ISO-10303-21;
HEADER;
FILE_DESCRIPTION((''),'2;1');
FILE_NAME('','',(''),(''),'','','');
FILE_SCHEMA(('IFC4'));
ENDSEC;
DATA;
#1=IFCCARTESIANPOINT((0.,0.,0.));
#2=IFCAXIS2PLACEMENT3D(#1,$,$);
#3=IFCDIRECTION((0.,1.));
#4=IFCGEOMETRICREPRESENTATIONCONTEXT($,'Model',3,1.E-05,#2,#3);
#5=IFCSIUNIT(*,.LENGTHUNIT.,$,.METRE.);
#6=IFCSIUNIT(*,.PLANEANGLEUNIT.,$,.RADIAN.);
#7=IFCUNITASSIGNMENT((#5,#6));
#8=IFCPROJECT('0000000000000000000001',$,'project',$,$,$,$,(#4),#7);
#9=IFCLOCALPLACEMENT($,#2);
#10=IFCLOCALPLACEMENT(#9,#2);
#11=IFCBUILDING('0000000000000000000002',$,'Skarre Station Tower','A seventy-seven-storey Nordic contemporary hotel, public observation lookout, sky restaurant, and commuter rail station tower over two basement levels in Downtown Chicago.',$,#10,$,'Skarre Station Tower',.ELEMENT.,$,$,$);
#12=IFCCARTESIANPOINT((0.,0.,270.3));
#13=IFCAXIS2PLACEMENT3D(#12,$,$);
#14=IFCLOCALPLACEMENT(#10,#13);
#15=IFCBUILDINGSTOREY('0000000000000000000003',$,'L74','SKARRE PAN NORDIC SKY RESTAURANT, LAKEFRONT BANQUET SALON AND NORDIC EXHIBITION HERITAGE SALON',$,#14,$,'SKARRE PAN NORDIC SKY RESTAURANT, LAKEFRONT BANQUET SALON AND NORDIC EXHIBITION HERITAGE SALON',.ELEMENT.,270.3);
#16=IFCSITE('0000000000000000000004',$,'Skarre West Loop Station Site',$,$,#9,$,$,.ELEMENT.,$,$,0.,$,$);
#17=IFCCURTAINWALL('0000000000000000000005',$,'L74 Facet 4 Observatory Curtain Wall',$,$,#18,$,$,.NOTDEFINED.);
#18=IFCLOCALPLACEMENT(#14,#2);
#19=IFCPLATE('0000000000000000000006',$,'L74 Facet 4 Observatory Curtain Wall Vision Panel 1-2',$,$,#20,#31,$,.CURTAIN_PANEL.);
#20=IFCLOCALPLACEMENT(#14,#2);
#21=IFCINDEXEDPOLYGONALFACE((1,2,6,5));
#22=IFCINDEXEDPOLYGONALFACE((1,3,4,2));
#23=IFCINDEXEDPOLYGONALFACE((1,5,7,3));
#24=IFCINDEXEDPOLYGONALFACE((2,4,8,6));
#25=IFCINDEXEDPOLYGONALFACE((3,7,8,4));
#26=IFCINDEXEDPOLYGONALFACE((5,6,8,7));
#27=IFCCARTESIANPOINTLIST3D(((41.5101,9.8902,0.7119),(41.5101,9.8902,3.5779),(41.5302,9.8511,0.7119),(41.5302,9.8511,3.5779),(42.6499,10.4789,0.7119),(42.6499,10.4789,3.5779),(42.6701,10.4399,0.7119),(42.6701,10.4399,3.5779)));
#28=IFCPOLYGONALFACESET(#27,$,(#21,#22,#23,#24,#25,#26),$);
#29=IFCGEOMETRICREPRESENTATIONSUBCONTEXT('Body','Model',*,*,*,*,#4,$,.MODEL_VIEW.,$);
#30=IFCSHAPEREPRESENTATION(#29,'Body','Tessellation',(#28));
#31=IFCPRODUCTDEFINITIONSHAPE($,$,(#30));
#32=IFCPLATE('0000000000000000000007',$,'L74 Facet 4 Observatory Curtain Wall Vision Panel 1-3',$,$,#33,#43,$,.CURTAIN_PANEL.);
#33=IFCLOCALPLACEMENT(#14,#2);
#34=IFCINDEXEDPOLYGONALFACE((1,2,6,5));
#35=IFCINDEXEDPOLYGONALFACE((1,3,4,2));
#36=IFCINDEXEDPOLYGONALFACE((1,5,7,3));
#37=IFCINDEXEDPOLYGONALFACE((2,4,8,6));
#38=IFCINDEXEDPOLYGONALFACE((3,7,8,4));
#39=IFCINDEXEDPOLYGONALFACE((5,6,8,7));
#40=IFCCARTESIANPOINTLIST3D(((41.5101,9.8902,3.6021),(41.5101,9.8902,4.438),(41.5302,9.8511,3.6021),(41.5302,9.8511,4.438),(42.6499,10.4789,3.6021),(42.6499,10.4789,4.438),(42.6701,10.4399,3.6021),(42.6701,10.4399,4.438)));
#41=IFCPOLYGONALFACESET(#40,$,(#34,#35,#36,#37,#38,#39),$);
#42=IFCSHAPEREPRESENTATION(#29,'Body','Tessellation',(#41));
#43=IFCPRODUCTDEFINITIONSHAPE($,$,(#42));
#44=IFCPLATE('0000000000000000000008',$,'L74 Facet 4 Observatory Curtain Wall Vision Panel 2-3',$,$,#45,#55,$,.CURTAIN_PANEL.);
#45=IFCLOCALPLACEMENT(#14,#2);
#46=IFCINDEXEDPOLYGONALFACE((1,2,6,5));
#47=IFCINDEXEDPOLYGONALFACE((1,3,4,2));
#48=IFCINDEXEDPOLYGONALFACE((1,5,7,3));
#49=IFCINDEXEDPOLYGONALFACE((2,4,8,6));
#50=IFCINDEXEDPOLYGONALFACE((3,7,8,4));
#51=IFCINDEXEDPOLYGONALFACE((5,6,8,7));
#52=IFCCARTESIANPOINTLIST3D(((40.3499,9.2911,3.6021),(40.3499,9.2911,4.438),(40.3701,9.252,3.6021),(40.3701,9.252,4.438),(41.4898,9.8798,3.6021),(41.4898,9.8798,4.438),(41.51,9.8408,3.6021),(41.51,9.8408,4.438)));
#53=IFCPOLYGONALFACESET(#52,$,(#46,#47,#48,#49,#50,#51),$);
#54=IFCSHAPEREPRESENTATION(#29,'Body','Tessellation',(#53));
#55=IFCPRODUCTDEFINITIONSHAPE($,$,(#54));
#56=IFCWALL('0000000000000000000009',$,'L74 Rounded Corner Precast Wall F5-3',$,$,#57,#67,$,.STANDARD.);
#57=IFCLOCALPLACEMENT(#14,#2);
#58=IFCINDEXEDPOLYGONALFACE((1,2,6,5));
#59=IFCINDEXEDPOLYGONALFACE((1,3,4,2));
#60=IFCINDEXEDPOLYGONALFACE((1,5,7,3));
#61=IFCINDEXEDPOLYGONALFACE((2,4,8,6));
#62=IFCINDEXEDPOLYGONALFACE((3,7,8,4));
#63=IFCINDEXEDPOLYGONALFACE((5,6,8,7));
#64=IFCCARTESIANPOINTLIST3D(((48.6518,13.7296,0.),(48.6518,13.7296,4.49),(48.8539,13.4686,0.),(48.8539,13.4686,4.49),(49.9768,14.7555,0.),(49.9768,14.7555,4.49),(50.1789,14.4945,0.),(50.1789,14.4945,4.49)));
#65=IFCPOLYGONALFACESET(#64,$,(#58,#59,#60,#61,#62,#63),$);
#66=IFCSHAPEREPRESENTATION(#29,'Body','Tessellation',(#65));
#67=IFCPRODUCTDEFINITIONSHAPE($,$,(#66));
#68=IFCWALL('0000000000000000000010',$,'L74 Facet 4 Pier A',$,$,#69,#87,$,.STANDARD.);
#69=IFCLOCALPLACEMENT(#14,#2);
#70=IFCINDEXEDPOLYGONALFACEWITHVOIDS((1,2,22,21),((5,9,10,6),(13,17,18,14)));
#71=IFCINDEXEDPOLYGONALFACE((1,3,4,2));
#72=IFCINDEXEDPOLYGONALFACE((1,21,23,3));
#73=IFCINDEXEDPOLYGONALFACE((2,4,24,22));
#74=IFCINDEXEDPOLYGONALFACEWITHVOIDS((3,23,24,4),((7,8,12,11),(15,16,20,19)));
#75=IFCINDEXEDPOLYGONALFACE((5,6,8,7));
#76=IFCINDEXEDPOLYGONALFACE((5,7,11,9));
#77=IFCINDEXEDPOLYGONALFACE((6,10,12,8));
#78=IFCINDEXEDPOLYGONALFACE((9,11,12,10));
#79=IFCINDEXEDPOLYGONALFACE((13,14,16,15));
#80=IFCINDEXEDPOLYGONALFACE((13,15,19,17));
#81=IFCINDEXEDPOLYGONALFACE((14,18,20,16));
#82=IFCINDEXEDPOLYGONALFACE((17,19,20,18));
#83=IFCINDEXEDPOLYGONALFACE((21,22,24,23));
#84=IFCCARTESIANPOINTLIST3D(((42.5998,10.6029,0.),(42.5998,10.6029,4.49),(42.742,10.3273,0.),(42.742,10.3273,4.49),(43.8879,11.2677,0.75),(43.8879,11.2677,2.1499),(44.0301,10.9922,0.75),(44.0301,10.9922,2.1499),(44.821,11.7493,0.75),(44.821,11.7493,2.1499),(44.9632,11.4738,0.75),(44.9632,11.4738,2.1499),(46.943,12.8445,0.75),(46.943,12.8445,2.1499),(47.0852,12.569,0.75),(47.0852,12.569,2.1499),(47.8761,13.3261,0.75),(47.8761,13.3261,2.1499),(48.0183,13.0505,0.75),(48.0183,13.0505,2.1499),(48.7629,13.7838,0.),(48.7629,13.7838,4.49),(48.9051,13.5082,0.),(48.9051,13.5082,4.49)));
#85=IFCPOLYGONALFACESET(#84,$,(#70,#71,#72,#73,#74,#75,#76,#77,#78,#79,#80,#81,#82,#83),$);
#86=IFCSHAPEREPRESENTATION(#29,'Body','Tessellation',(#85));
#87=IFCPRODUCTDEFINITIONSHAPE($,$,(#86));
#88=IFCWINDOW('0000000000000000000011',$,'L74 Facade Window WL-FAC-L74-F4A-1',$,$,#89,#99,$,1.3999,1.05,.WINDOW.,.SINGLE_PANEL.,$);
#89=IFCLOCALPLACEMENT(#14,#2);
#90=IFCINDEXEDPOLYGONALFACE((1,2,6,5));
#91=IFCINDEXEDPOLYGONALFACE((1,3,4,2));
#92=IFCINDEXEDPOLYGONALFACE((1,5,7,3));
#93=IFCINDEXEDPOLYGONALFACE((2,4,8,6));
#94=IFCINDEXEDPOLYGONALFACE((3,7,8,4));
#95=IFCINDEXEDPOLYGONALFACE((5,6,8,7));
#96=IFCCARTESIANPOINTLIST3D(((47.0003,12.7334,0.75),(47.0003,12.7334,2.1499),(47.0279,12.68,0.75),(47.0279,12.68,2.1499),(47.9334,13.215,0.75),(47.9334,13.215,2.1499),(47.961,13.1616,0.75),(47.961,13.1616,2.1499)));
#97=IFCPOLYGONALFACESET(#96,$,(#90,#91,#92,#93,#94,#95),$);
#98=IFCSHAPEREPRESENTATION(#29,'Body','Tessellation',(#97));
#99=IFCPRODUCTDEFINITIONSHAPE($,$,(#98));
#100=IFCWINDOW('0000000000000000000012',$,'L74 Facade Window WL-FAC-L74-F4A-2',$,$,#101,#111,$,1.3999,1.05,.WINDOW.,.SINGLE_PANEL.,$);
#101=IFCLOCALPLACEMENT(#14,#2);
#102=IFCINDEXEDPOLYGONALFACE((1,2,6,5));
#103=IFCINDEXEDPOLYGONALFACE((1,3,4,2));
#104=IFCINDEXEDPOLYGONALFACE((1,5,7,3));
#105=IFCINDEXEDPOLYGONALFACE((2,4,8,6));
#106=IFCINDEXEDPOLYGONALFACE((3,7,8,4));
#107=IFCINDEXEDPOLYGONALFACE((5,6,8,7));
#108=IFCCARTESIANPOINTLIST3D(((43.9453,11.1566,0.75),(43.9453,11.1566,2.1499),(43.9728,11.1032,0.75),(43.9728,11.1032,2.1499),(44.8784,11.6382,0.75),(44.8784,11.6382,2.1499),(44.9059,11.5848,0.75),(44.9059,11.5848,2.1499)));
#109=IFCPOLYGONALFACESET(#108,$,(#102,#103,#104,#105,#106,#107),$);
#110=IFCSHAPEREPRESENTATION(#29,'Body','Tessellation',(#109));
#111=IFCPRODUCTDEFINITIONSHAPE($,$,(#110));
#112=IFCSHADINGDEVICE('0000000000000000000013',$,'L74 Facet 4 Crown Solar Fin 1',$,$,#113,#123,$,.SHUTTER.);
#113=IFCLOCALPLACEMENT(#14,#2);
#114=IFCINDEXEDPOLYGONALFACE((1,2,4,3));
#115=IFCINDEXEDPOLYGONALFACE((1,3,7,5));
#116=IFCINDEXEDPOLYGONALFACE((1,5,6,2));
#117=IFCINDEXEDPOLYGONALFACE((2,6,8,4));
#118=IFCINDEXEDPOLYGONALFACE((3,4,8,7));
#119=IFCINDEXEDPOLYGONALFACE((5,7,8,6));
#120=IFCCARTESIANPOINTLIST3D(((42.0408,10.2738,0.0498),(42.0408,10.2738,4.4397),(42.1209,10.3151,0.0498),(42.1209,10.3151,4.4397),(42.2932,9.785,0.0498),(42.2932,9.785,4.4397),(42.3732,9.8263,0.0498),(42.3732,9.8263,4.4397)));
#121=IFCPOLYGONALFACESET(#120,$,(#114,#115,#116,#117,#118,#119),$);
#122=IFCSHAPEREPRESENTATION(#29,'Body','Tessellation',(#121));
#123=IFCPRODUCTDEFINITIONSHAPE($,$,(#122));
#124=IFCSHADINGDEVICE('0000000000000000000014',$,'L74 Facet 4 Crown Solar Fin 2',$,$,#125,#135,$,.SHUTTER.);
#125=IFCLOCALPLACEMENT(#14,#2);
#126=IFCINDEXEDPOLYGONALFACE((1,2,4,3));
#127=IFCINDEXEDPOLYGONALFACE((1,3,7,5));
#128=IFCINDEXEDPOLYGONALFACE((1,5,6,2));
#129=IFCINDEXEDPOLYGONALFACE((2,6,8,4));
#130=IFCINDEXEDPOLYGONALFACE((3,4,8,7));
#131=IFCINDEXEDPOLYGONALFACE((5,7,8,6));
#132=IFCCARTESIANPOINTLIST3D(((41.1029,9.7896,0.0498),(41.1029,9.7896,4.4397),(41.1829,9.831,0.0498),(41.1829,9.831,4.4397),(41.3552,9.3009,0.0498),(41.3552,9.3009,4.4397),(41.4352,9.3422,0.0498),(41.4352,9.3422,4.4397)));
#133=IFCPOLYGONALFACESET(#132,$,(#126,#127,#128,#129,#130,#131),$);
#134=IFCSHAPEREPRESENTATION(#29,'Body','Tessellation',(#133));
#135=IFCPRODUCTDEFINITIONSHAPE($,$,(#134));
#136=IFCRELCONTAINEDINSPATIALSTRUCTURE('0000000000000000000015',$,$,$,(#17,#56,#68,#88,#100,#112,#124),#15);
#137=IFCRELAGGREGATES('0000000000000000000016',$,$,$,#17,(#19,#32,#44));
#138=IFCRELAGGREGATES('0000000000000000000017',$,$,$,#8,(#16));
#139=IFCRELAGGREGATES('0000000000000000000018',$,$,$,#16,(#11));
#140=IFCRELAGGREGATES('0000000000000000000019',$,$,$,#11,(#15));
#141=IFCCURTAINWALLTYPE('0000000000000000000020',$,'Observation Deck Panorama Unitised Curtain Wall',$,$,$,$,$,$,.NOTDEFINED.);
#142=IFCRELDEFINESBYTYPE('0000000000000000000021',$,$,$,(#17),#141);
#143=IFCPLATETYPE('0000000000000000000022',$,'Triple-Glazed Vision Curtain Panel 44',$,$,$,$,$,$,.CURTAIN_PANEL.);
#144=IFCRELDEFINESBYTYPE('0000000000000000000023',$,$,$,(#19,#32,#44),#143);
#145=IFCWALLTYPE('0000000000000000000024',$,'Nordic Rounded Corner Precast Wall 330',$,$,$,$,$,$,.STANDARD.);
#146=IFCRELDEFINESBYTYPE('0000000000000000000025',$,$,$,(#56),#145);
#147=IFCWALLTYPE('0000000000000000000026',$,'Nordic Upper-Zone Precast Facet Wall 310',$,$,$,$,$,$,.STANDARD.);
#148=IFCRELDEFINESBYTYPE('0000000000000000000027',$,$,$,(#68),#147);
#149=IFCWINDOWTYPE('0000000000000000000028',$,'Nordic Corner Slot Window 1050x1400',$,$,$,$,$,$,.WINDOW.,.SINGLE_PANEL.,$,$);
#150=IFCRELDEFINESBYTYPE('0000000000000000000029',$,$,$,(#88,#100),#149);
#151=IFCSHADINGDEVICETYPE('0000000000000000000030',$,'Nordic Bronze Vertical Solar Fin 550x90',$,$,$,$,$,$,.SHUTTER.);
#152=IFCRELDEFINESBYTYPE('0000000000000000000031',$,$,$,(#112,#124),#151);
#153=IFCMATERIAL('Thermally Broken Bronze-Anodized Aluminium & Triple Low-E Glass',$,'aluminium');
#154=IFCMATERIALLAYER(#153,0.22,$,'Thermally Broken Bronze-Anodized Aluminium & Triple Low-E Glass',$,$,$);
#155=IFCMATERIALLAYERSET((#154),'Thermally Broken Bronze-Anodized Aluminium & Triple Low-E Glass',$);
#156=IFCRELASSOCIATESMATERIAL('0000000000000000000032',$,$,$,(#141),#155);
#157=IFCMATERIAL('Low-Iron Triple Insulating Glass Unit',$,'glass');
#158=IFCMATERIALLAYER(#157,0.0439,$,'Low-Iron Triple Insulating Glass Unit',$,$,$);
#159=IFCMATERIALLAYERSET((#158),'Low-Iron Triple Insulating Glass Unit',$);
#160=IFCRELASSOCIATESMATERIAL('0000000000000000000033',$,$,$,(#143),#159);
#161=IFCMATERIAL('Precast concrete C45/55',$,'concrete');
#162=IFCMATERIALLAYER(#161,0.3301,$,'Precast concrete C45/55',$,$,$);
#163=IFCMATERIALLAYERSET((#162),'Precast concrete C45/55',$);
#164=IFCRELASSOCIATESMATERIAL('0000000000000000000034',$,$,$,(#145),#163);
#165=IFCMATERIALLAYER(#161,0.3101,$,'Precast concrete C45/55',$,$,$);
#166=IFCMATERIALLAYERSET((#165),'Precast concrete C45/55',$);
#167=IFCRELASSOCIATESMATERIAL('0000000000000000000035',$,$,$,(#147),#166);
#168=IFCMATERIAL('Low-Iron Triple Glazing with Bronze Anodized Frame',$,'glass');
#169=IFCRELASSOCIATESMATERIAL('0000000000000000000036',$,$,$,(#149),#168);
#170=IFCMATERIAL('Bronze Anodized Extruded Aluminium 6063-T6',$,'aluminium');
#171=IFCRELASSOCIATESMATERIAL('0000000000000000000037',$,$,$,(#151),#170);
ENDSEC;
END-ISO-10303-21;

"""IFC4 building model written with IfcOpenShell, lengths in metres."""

from ifc_helpers import new_model, si_unit, direction, frame, frame_2d, origin, origin_2d, place, context, subcontext, project, spatial, rectangle, extrude, material, layer, layer_set, type_object, element, fill, aggregate, save


model = new_model("IFC4")

# Units and contexts
model_context = context("Model", 3, precision=1e-05, world=origin(), true_north=direction((0.0, 1.0)))
body_context = subcontext(model_context, "Body", "Model", "MODEL_VIEW")
ifc_project = project(units=[si_unit("LENGTHUNIT", "METRE"), si_unit("PLANEANGLEUNIT", "RADIAN")], contexts=[model_context])

# Site, building, storey
site_placement = place(None, origin())
site = spatial("IfcSite", under=ifc_project, at=site_placement, Name="Skarre West Loop Station Site", CompositionType="ELEMENT", RefElevation=0.0)
building_placement = place(site_placement, origin())
building = spatial("IfcBuilding", under=site, at=building_placement, Name="Skarre Station Tower", Description="A seventy-seven-storey Nordic contemporary hotel, public observation lookout, sky restaurant, and commuter rail station tower over two basement levels in Downtown Chicago.", LongName="Skarre Station Tower", CompositionType="ELEMENT")
storey_placement = place(building_placement, frame((0.0, 0.0, 270.3)))
storey = spatial("IfcBuildingStorey", under=building, at=storey_placement, Name="L74", Description="SKARRE PAN NORDIC SKY RESTAURANT, LAKEFRONT BANQUET SALON AND NORDIC EXHIBITION HERITAGE SALON", LongName="SKARRE PAN NORDIC SKY RESTAURANT, LAKEFRONT BANQUET SALON AND NORDIC EXHIBITION HERITAGE SALON", CompositionType="ELEMENT", Elevation=270.3)

# Curtain wall
ifc_material_1 = material(Name="Thermally Broken Bronze-Anodized Aluminium & Triple Low-E Glass", Category="aluminium")
ifc_layer_1 = layer(ifc_material_1, 0.22, Name="Thermally Broken Bronze-Anodized Aluminium & Triple Low-E Glass")
ifc_layer_set_1 = layer_set([ifc_layer_1], Name="Thermally Broken Bronze-Anodized Aluminium & Triple Low-E Glass")
curtain_wall_type = type_object("IfcCurtainWallType", Name="Observation Deck Panorama Unitised Curtain Wall", PredefinedType="NOTDEFINED", material=ifc_layer_set_1)
curtain_wall_placement = place(storey_placement, origin())
curtain_wall = element("IfcCurtainWall", 1, at=curtain_wall_placement, inside=storey, type_object=curtain_wall_type, Name="L74 Facet 4 Observatory Curtain Wall", PredefinedType="NOTDEFINED")

# Plates
ifc_material_2 = material(Name="Low-Iron Triple Insulating Glass Unit", Category="glass")
ifc_layer_2 = layer(ifc_material_2, 0.0439, Name="Low-Iron Triple Insulating Glass Unit")
ifc_layer_set_2 = layer_set([ifc_layer_2], Name="Low-Iron Triple Insulating Glass Unit")
plate_type_1 = type_object("IfcPlateType", Name="Triple-Glazed Vision Curtain Panel 44", PredefinedType="CURTAIN_PANEL", material=ifc_layer_set_2)
plate_1_placement = place(storey_placement, frame((42.0901, 10.165, 0.7119), z_axis=(0.0, 0.0, 1.0), x_axis=(-0.888481, -0.458913, 0.0)))
plate_1 = element("IfcPlate", 2, at=plate_1_placement, type_object=plate_type_1, Name="L74 Facet 4 Observatory Curtain Wall Vision Panel 1-2", PredefinedType="CURTAIN_PANEL", context=body_context, shape_type="SweptSolid", body=[
    extrude(rectangle(XDim=1.283, YDim=0.0439, at=origin_2d()), origin(), (0.0, 0.0, 1.0), 2.866),
])
plate_2_placement = place(storey_placement, frame((42.0901, 10.165, 3.6021), z_axis=(0.0, 0.0, 1.0), x_axis=(-0.888481, -0.458913, 0.0)))
plate_2 = element("IfcPlate", 3, at=plate_2_placement, type_object=plate_type_1, Name="L74 Facet 4 Observatory Curtain Wall Vision Panel 1-3", PredefinedType="CURTAIN_PANEL", context=body_context, shape_type="SweptSolid", body=[
    extrude(rectangle(XDim=1.283, YDim=0.0439, at=origin_2d()), origin(), (0.0, 0.0, 1.0), 0.8359),
])
plate_3_placement = place(storey_placement, frame((40.9299, 9.5659, 3.6021), z_axis=(0.0, 0.0, 1.0), x_axis=(-0.888481, -0.458913, 0.0)))
plate_3 = element("IfcPlate", 4, at=plate_3_placement, type_object=plate_type_1, Name="L74 Facet 4 Observatory Curtain Wall Vision Panel 2-3", PredefinedType="CURTAIN_PANEL", context=body_context, shape_type="SweptSolid", body=[
    extrude(rectangle(XDim=1.283, YDim=0.0439, at=origin_2d()), origin(), (0.0, 0.0, 1.0), 0.8359),
])
aggregate(curtain_wall, [plate_1, plate_2, plate_3])

# Wall
ifc_material_3 = material(Name="Precast concrete C45/55", Category="concrete")
ifc_layer_3 = layer(ifc_material_3, 0.3301, Name="Precast concrete C45/55")
ifc_layer_set_3 = layer_set([ifc_layer_3], Name="Precast concrete C45/55")
wall_type_1 = type_object("IfcWallType", Name="Nordic Rounded Corner Precast Wall 330", PredefinedType="STANDARD", material=ifc_layer_set_3)
wall_1_placement = place(storey_placement, frame((50.0779, 14.625, 0.0), z_axis=(0.0, 0.0, 1.0), x_axis=(-0.790692, -0.612214, 0.0)))
element("IfcWall", 5, at=wall_1_placement, inside=storey, type_object=wall_type_1, Name="L74 Rounded Corner Precast Wall F5-3", PredefinedType="STANDARD", context=body_context, shape_type="SweptSolid", body=[
    extrude(rectangle(XDim=1.6758, YDim=0.3301, at=frame_2d((0.8379, 0.0))), origin(), (0.0, 0.0, 1.0), 4.49),
])

# Wall, openings, windows
ifc_layer_4 = layer(ifc_material_3, 0.3101, Name="Precast concrete C45/55")
ifc_layer_set_4 = layer_set([ifc_layer_4], Name="Precast concrete C45/55")
wall_type_2 = type_object("IfcWallType", Name="Nordic Upper-Zone Precast Facet Wall 310", PredefinedType="STANDARD", material=ifc_layer_set_4)
wall_2_placement = place(storey_placement, frame((48.834, 13.646, 0.0), z_axis=(0.0, 0.0, 1.0), x_axis=(-0.888623, -0.458638, 0.0)))
wall_2 = element("IfcWall", 6, at=wall_2_placement, inside=storey, type_object=wall_type_2, Name="L74 Facet 4 Pier A", PredefinedType="STANDARD", context=body_context, shape_type="SweptSolid", body=[
    extrude(rectangle(XDim=6.9355, YDim=0.3101, at=frame_2d((3.4678, 0.0))), origin(), (0.0, 0.0, 1.0), 4.49),
])
opening_1_placement = place(wall_2_placement, frame((0.998, 0.0, 0.75)))
opening_1 = element("IfcOpeningElement", 7, at=opening_1_placement, cuts=wall_2, PredefinedType="OPENING", context=body_context, shape_type="SweptSolid", body=[
    extrude(rectangle(XDim=1.05, YDim=1.3999, at=frame_2d((0.5249, 0.7))), frame((0.0, 0.165, 0.0), z_axis=(0.0, -1.0, 0.0), x_axis=(1.0, 0.0, 0.0)), (0.0, 0.0, 1.0), 0.3301),
])
opening_2_placement = place(wall_2_placement, frame((4.436, 0.0, 0.75)))
opening_2 = element("IfcOpeningElement", 8, at=opening_2_placement, cuts=wall_2, PredefinedType="OPENING", context=body_context, shape_type="SweptSolid", body=[
    extrude(rectangle(XDim=1.05, YDim=1.3999, at=frame_2d((0.5249, 0.7))), frame((0.0, 0.165, 0.0), z_axis=(0.0, -1.0, 0.0), x_axis=(1.0, 0.0, 0.0)), (0.0, 0.0, 1.0), 0.3301),
])
ifc_material_4 = material(Name="Low-Iron Triple Glazing with Bronze Anodized Frame", Category="glass")
window_type = type_object("IfcWindowType", Name="Nordic Corner Slot Window 1050x1400", PartitioningType="SINGLE_PANEL", PredefinedType="WINDOW", material=ifc_material_4)
window_1_placement = place(opening_1_placement, origin())
window_1 = element("IfcWindow", 9, at=window_1_placement, inside=storey, type_object=window_type, Name="L74 Facade Window WL-FAC-L74-F4A-1", OverallHeight=1.3999, OverallWidth=1.05, PartitioningType="SINGLE_PANEL", PredefinedType="WINDOW", context=body_context, shape_type="SweptSolid", body=[
    extrude(rectangle(XDim=1.05, YDim=1.3999, at=frame_2d((0.5249, 0.7))), frame((0.0, 0.03, 0.0), z_axis=(0.0, -1.0, 0.0), x_axis=(1.0, 0.0, 0.0)), (0.0, 0.0, 1.0), 0.0601),
])
fill(opening_1, window_1)
window_2_placement = place(opening_2_placement, origin())
window_2 = element("IfcWindow", 10, at=window_2_placement, inside=storey, type_object=window_type, Name="L74 Facade Window WL-FAC-L74-F4A-2", OverallHeight=1.3999, OverallWidth=1.05, PartitioningType="SINGLE_PANEL", PredefinedType="WINDOW", context=body_context, shape_type="SweptSolid", body=[
    extrude(rectangle(XDim=1.05, YDim=1.3999, at=frame_2d((0.5249, 0.7))), frame((0.0, 0.03, 0.0), z_axis=(0.0, -1.0, 0.0), x_axis=(1.0, 0.0, 0.0)), (0.0, 0.0, 1.0), 0.0601),
])
fill(opening_2, window_2)

# Shading devices
ifc_material_5 = material(Name="Bronze Anodized Extruded Aluminium 6063-T6", Category="aluminium")
shading_device_type = type_object("IfcShadingDeviceType", Name="Nordic Bronze Vertical Solar Fin 550x90", PredefinedType="SHUTTER", material=ifc_material_5)
for number, where, z_axis, x_axis, name in (
    (11, (42.207, 10.05, 0.0498), (0.0, 0.0, 1.0), (0.458712, -0.888585, 0.0), "L74 Facet 4 Crown Solar Fin 1"),
    (12, (41.269, 9.5659, 0.0498), (0.0, 0.0, 1.0), (0.458712, -0.888585, 0.0), "L74 Facet 4 Crown Solar Fin 2"),
):
    element("IfcShadingDevice", number, at=place(storey_placement, frame(where, z_axis=z_axis, x_axis=x_axis)), inside=storey, type_object=shading_device_type, Name=name, PredefinedType="SHUTTER", context=body_context, shape_type="SweptSolid", body=[
        extrude(rectangle(XDim=0.55, YDim=0.0901, at=origin_2d()), origin(), (0.0, 0.0, 1.0), 4.3899),
    ])

save(model, "model.ifc")
